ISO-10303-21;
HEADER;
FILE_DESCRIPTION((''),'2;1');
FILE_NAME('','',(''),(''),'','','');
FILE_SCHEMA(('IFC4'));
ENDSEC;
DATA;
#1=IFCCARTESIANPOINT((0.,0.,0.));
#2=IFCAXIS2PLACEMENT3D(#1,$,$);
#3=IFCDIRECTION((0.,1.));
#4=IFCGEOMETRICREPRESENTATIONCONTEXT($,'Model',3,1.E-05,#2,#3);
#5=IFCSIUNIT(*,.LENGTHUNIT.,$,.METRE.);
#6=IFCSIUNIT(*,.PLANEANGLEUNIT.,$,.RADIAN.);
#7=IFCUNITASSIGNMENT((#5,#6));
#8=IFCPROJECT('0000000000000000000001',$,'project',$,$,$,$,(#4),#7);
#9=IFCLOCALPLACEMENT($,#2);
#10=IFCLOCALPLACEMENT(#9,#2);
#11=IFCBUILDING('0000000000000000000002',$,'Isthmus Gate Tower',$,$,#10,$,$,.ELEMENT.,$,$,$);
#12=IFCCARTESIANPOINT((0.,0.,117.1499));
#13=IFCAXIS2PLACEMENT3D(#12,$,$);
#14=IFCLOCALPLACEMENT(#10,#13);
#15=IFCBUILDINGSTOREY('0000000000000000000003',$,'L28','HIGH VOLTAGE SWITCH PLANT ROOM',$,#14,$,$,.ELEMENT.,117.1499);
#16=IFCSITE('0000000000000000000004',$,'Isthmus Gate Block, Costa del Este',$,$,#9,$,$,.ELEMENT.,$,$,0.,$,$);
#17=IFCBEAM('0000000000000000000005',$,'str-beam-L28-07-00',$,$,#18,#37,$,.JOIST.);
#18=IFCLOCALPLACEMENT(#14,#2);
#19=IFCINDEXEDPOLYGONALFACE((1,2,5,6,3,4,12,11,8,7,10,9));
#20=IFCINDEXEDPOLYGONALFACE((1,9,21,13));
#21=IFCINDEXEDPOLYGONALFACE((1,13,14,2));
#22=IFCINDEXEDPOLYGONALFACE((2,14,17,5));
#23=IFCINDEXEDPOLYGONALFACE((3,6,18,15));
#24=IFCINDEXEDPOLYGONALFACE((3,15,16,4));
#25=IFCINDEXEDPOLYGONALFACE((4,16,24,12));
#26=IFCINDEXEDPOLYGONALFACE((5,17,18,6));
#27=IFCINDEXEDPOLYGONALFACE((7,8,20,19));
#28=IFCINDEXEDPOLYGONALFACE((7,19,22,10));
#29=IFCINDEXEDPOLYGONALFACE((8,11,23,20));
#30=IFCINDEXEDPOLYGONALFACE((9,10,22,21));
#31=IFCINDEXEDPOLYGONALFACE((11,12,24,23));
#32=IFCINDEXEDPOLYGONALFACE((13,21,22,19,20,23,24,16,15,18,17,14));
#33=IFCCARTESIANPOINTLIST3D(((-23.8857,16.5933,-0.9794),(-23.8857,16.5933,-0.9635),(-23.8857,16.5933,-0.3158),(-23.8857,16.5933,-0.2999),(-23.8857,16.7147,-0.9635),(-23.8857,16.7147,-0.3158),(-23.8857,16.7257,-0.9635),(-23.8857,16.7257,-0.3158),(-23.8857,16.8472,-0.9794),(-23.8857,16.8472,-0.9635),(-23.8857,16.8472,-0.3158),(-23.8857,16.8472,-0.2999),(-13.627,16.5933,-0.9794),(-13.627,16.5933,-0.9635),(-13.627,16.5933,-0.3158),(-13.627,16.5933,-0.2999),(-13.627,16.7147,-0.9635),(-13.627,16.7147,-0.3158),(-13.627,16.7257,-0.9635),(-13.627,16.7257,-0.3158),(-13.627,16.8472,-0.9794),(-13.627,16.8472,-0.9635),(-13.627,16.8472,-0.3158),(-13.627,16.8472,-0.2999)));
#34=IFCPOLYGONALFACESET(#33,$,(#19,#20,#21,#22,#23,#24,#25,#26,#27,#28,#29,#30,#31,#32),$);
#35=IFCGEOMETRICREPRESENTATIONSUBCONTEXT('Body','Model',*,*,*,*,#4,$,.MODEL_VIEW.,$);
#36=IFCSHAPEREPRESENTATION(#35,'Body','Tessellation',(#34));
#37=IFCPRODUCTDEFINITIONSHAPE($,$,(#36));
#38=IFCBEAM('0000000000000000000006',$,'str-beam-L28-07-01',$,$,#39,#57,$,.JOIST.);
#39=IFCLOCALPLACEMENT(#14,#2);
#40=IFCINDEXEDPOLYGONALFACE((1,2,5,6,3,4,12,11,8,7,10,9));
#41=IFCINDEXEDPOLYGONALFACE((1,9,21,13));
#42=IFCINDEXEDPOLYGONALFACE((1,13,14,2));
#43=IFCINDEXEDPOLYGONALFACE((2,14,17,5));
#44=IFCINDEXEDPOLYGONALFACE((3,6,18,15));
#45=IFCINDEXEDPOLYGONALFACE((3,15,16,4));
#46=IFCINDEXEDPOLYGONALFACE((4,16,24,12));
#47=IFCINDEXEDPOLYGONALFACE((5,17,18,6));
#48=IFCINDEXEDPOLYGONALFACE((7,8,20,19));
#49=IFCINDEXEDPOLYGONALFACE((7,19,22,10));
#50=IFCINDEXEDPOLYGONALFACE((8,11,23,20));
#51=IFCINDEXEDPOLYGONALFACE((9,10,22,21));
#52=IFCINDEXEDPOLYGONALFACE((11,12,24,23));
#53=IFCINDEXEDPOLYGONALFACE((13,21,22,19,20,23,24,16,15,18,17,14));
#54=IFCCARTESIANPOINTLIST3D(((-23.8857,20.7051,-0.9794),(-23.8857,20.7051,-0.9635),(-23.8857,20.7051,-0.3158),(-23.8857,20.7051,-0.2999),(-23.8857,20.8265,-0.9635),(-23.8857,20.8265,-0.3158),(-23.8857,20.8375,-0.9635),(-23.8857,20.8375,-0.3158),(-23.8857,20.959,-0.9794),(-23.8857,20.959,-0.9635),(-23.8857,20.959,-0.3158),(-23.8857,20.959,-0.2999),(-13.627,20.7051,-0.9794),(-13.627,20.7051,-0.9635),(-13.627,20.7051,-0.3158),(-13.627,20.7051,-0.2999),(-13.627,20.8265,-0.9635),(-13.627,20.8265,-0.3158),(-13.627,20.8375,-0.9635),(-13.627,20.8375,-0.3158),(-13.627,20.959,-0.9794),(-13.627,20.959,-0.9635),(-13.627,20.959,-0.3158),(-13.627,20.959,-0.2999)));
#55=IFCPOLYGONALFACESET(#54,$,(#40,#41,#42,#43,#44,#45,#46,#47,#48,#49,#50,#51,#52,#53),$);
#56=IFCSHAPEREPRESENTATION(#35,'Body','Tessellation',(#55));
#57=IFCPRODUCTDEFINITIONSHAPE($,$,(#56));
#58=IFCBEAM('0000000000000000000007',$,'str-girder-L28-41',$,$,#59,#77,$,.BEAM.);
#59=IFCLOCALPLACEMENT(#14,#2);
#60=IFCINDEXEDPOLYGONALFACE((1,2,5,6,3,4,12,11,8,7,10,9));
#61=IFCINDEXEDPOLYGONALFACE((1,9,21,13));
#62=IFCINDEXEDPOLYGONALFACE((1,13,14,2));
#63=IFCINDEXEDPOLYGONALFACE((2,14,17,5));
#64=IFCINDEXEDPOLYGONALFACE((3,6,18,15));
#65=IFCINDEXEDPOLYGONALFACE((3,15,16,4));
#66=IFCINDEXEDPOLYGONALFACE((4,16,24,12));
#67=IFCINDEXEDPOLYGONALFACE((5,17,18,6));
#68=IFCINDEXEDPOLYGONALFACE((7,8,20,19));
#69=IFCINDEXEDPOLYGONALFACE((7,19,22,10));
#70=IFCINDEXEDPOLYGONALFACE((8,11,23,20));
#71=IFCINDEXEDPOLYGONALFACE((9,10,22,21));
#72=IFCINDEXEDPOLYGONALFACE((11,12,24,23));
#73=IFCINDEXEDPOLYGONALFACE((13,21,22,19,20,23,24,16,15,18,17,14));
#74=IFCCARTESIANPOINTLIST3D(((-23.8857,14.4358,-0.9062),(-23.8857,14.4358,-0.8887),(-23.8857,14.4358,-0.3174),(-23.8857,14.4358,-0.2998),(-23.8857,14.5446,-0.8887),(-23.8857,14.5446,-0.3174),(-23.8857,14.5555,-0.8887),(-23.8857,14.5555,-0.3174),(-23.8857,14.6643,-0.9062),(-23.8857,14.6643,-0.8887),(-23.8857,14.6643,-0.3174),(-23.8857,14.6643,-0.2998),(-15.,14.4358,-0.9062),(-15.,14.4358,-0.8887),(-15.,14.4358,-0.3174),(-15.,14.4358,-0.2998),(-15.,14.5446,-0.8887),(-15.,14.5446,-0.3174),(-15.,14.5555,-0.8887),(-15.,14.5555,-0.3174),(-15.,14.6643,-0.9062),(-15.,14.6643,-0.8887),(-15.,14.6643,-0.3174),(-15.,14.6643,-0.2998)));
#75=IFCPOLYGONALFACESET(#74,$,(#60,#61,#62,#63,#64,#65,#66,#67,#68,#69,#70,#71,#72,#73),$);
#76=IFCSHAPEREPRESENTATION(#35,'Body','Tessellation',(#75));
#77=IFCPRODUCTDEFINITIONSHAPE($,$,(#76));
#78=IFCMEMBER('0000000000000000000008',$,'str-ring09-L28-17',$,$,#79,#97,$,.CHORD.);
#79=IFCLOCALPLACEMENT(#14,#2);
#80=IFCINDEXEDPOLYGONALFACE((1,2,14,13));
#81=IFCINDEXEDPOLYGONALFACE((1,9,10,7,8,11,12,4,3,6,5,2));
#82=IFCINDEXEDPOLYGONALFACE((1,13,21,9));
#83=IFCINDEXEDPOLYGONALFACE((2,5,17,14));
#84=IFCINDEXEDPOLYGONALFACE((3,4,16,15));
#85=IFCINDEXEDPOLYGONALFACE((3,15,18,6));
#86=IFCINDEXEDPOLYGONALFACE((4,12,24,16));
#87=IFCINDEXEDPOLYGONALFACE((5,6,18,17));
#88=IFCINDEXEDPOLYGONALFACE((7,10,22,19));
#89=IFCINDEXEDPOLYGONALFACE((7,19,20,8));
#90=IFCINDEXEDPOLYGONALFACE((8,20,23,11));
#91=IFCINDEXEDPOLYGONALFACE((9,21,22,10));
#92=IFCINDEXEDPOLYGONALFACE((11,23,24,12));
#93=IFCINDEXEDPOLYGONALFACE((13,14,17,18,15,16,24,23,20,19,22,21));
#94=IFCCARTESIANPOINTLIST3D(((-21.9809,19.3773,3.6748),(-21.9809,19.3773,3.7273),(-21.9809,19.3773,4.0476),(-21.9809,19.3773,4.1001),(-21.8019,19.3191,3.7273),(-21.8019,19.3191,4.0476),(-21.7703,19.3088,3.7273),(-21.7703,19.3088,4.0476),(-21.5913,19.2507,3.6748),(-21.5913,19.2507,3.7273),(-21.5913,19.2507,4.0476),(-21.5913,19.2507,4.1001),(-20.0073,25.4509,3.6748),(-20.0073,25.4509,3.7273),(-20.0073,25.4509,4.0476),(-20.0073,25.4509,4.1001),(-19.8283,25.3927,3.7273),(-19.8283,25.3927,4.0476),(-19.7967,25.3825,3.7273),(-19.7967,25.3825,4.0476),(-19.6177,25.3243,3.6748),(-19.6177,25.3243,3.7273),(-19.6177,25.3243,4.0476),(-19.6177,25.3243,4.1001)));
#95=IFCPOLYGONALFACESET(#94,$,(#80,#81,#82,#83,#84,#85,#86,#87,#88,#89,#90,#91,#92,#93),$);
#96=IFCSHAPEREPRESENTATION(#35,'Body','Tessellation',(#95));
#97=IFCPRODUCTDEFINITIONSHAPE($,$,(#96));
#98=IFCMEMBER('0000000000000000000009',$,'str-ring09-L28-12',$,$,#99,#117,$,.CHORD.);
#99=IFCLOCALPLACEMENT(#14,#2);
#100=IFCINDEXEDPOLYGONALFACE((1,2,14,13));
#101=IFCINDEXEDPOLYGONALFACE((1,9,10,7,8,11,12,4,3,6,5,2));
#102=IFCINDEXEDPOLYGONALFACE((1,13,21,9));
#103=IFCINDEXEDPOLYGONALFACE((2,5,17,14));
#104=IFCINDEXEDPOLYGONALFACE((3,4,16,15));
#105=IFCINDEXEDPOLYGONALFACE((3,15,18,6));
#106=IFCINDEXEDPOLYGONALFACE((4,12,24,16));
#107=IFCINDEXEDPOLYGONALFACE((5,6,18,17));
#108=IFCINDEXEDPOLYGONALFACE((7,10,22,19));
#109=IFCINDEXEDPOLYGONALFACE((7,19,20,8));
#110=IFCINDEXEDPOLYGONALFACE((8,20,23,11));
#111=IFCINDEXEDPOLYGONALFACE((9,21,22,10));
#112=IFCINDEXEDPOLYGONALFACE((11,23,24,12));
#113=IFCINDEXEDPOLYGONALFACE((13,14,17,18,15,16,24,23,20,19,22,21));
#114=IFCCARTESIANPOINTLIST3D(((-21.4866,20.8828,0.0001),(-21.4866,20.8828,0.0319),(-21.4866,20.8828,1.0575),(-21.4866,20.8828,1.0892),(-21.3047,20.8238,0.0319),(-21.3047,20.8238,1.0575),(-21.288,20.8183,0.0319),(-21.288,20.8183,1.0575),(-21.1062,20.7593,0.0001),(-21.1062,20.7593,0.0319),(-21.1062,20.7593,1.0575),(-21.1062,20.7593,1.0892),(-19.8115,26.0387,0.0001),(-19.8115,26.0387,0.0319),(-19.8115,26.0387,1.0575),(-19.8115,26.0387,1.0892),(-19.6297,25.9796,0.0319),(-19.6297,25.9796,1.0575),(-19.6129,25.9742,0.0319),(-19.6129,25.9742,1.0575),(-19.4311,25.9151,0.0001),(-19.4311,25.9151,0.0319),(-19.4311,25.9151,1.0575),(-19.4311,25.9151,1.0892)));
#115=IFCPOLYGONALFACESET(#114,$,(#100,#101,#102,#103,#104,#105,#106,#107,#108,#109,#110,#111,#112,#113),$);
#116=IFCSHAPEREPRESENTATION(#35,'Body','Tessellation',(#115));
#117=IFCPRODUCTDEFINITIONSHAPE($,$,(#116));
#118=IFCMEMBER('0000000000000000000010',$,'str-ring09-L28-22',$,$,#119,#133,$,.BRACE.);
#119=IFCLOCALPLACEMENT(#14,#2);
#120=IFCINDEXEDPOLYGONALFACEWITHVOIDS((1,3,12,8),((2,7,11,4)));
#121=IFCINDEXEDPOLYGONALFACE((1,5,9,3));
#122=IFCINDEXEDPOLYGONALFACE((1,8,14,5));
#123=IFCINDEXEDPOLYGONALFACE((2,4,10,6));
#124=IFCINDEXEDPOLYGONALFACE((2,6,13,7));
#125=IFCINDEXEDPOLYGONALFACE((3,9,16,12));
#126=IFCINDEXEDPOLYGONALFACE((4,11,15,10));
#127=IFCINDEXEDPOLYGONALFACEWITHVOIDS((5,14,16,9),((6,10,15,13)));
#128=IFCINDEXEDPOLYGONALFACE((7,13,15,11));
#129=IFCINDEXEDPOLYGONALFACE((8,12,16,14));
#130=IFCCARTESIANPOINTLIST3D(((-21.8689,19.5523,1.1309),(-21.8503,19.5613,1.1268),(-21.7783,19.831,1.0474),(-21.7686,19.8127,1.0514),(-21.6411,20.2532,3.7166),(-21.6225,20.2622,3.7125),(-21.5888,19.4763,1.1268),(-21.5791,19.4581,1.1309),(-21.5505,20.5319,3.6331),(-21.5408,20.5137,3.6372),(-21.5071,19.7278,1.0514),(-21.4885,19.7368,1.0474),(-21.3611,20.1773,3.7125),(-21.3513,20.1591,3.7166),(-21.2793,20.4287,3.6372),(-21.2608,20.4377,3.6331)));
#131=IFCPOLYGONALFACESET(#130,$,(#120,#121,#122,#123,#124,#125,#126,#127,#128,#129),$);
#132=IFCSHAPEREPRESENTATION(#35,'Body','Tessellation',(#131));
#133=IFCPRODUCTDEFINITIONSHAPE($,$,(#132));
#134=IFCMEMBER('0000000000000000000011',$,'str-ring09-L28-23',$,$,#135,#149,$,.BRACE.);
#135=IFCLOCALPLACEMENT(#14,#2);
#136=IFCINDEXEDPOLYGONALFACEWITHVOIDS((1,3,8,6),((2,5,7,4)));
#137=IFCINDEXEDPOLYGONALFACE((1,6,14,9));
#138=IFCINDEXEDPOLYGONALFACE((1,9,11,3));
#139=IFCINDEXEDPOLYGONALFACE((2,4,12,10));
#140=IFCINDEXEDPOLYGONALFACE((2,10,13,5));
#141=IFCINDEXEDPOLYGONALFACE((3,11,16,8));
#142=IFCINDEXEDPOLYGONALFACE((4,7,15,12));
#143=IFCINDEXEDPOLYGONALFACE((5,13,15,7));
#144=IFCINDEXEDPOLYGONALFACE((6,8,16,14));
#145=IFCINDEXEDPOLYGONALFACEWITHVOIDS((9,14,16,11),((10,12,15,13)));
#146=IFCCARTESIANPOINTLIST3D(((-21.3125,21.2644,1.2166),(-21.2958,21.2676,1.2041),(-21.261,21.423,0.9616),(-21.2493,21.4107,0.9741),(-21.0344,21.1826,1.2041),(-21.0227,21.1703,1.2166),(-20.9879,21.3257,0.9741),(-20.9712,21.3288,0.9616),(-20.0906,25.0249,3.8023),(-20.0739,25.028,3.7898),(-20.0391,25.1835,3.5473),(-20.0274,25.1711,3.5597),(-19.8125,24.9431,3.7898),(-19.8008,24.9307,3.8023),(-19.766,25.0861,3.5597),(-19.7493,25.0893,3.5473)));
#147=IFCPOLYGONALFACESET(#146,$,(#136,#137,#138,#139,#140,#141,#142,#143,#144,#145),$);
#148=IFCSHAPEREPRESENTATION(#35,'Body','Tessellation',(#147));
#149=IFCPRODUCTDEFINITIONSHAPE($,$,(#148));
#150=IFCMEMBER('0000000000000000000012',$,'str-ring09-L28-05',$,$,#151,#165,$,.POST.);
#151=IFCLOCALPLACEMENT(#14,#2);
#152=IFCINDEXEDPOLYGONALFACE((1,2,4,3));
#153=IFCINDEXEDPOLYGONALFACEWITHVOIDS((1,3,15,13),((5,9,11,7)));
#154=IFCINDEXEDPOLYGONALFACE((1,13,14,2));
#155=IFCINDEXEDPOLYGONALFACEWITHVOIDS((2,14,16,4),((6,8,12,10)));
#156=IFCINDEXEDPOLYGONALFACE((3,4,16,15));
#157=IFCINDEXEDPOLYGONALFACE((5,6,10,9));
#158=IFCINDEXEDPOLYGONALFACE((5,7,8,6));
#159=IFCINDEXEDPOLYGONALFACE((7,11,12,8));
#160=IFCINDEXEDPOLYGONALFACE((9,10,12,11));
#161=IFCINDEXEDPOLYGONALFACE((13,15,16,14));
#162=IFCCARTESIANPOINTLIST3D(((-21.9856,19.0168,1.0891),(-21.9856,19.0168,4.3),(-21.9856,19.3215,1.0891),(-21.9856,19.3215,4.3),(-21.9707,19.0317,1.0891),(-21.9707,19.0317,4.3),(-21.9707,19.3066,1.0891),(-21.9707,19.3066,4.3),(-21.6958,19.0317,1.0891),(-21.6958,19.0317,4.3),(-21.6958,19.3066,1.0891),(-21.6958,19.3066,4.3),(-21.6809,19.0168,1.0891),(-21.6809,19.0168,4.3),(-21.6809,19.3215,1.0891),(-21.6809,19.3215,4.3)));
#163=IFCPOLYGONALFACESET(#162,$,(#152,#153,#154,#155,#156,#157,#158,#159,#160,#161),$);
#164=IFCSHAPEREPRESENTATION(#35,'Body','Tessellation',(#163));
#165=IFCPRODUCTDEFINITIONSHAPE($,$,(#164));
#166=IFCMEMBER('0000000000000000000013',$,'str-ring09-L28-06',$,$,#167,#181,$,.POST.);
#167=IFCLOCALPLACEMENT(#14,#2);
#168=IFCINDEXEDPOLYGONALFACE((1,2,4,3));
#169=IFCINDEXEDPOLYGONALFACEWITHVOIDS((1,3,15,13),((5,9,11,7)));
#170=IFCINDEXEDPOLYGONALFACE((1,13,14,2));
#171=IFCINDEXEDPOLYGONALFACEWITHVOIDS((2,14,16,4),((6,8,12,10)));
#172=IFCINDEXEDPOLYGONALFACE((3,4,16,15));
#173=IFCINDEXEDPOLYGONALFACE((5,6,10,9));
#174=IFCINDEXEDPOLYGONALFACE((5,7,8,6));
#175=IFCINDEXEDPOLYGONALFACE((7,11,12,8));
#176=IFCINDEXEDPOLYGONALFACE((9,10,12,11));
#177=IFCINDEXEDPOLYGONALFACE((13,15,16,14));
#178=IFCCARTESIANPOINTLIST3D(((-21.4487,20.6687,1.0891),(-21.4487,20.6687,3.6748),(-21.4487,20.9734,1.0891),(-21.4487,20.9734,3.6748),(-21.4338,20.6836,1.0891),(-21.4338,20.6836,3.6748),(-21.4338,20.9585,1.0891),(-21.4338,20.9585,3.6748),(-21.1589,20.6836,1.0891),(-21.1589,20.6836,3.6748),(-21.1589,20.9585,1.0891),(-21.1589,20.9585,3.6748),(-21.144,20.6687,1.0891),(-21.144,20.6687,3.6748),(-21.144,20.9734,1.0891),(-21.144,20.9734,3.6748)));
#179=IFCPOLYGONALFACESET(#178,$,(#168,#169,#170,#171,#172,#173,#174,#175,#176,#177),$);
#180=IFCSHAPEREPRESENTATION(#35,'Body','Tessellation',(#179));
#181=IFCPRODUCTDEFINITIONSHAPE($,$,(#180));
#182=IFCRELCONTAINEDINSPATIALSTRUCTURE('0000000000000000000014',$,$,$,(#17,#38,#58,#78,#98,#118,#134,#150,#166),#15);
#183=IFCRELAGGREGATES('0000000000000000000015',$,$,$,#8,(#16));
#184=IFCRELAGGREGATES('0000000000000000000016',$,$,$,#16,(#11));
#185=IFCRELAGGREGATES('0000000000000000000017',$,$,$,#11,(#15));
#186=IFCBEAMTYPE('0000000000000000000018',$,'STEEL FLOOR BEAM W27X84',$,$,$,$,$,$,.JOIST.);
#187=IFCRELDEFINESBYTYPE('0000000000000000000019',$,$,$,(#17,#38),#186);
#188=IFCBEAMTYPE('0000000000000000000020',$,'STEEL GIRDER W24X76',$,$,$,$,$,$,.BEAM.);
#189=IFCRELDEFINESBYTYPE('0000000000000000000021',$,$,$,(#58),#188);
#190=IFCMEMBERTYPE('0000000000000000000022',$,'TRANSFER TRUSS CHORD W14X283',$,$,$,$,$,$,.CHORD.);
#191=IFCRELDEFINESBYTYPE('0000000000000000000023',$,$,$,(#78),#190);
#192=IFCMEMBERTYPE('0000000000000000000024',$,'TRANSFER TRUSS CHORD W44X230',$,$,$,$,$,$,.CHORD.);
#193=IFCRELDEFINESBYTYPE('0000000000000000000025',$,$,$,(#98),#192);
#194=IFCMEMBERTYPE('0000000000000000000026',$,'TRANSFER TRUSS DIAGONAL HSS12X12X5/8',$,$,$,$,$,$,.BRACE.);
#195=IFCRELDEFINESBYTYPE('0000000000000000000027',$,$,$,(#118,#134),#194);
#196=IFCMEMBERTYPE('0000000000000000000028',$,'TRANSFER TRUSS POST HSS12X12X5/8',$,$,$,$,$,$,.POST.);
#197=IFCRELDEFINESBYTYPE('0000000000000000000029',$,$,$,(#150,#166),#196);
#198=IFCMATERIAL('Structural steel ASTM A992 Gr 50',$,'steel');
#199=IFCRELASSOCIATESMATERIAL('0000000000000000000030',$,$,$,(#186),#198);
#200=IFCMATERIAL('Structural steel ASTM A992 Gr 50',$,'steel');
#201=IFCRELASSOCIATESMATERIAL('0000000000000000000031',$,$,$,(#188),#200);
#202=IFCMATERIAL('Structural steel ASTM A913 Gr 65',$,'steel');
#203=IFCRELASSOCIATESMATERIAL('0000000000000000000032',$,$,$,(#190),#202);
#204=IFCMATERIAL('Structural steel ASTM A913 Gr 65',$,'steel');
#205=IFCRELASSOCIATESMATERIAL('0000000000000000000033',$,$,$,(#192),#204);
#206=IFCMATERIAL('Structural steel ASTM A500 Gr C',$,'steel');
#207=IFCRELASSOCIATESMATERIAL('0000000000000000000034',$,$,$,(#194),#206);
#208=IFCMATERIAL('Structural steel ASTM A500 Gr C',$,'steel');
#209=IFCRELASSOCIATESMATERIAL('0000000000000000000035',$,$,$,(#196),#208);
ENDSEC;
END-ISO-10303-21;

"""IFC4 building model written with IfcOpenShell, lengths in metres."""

from ifc_helpers import new_model, si_unit, direction, frame, origin, origin_2d, place, context, subcontext, project, spatial, hollow_rectangle, i_section, extrude, material, material_profile, profile_set, type_object, element, save


model = new_model("IFC4")

# Units and contexts
model_context = context("Model", 3, precision=1e-05, world=origin(), true_north=direction((0.0, 1.0)))
body_context = subcontext(model_context, "Body", "Model", "MODEL_VIEW")
ifc_project = project(units=[si_unit("LENGTHUNIT", "METRE"), si_unit("PLANEANGLEUNIT", "RADIAN")], contexts=[model_context])

# Site, building, storey
site_placement = place(None, origin())
site = spatial("IfcSite", under=ifc_project, at=site_placement, Name="Isthmus Gate Block, Costa del Este", CompositionType="ELEMENT", RefElevation=0.0)
building_placement = place(site_placement, origin())
building = spatial("IfcBuilding", under=site, at=building_placement, Name="Isthmus Gate Tower", CompositionType="ELEMENT")
storey_placement = place(building_placement, frame((0.0, 0.0, 117.1499)))
storey = spatial("IfcBuildingStorey", under=building, at=storey_placement, Name="L28", Description="HIGH VOLTAGE SWITCH PLANT ROOM", CompositionType="ELEMENT", Elevation=117.1499)

# Beams
ifc_material_1 = material(Name="Structural steel ASTM A992 Gr 50", Category="steel")
ifc_material_profile_1 = material_profile(ifc_material_1, i_section(OverallWidth=0.2539, OverallDepth=0.6794, WebThickness=0.011, FlangeThickness=0.0159, at=origin_2d()), Name="W27X84")
ifc_profile_set_1 = profile_set([ifc_material_profile_1], Name="Structural steel ASTM A992 Gr 50")
beam_type_1 = type_object("IfcBeamType", Name="STEEL FLOOR BEAM W27X84", PredefinedType="JOIST", material=ifc_profile_set_1)
for number, where, z_axis, x_axis, name in (
    (1, (-23.8857, 16.7202, -0.6396), (1.0, 0.0, 0.0), (0.0, 1.0, 0.0), "str-beam-L28-07-00"),
    (2, (-23.8857, 20.832, -0.6396), (1.0, 0.0, 0.0), (0.0, 1.0, 0.0), "str-beam-L28-07-01"),
):
    element("IfcBeam", number, at=place(storey_placement, frame(where, z_axis=z_axis, x_axis=x_axis)), inside=storey, type_object=beam_type_1, Name=name, PredefinedType="JOIST", context=body_context, shape_type="SweptSolid", body=[
        extrude(i_section(OverallWidth=0.2539, OverallDepth=0.6794, WebThickness=0.011, FlangeThickness=0.0159, at=origin_2d()), origin(), (0.0, 0.0, 1.0), 10.2588),
    ])
ifc_material_2 = material(Name="Structural steel ASTM A992 Gr 50", Category="steel")
ifc_material_profile_2 = material_profile(ifc_material_2, i_section(OverallWidth=0.2285, OverallDepth=0.6064, WebThickness=0.011, FlangeThickness=0.0176, at=origin_2d()), Name="W24X76")
ifc_profile_set_2 = profile_set([ifc_material_profile_2], Name="Structural steel ASTM A992 Gr 50")
beam_type_2 = type_object("IfcBeamType", Name="STEEL GIRDER W24X76", PredefinedType="BEAM", material=ifc_profile_set_2)
beam_placement = place(storey_placement, frame((-15.0, 14.55, -0.603), z_axis=(-1.0, 0.0, 0.0), x_axis=(0.0, -1.0, 0.0)))
element("IfcBeam", 3, at=beam_placement, inside=storey, type_object=beam_type_2, Name="str-girder-L28-41", PredefinedType="BEAM", context=body_context, shape_type="SweptSolid", body=[
    extrude(i_section(OverallWidth=0.2285, OverallDepth=0.6064, WebThickness=0.011, FlangeThickness=0.0176, at=origin_2d()), origin(), (0.0, 0.0, 1.0), 8.8857),
])

# Members
ifc_material_3 = material(Name="Structural steel ASTM A913 Gr 65", Category="steel")
ifc_material_profile_3 = material_profile(ifc_material_3, i_section(OverallWidth=0.4097, OverallDepth=0.4253, WebThickness=0.0332, FlangeThickness=0.0525, at=origin_2d()), Name="W14X283")
ifc_profile_set_3 = profile_set([ifc_material_profile_3], Name="Structural steel ASTM A913 Gr 65")
member_type_1 = type_object("IfcMemberType", Name="TRANSFER TRUSS CHORD W14X283", PredefinedType="CHORD", material=ifc_profile_set_3)
member_1_placement = place(storey_placement, frame((-21.7861, 19.314, 3.8875), z_axis=(0.309039, 0.951049, 0.0), x_axis=(-0.951049, 0.309039, 0.0)))
element("IfcMember", 4, at=member_1_placement, inside=storey, type_object=member_type_1, Name="str-ring09-L28-17", PredefinedType="CHORD", context=body_context, shape_type="SweptSolid", body=[
    extrude(i_section(OverallWidth=0.4097, OverallDepth=0.4253, WebThickness=0.0332, FlangeThickness=0.0525, at=origin_2d()), origin(), (0.0, 0.0, 1.0), 6.3862),
])
ifc_material_4 = material(Name="Structural steel ASTM A913 Gr 65", Category="steel")
ifc_material_profile_4 = material_profile(ifc_material_4, i_section(OverallWidth=0.3999, OverallDepth=1.0891, WebThickness=0.0176, FlangeThickness=0.0317, at=origin_2d()), Name="W44X230")
ifc_profile_set_4 = profile_set([ifc_material_profile_4], Name="Structural steel ASTM A913 Gr 65")
member_type_2 = type_object("IfcMemberType", Name="TRANSFER TRUSS CHORD W44X230", PredefinedType="CHORD", material=ifc_profile_set_4)
member_2_placement = place(storey_placement, frame((-21.2964, 20.821, 0.5447), z_axis=(0.30899, 0.951065, 0.0), x_axis=(-0.951065, 0.30899, 0.0)))
element("IfcMember", 5, at=member_2_placement, inside=storey, type_object=member_type_2, Name="str-ring09-L28-12", PredefinedType="CHORD", context=body_context, shape_type="SweptSolid", body=[
    extrude(i_section(OverallWidth=0.3999, OverallDepth=1.0891, WebThickness=0.0176, FlangeThickness=0.0317, at=origin_2d()), origin(), (0.0, 0.0, 1.0), 5.4211),
])
ifc_material_5 = material(Name="Structural steel ASTM A500 Gr C", Category="steel")
ifc_material_profile_5 = material_profile(ifc_material_5, hollow_rectangle(XDim=0.3047, YDim=0.3047, WallThickness=0.0149, at=origin_2d()), Name="HSS12X12X5/8")
ifc_profile_set_5 = profile_set([ifc_material_profile_5], Name="Structural steel ASTM A500 Gr C")
member_type_3 = type_object("IfcMemberType", Name="TRANSFER TRUSS DIAGONAL HSS12X12X5/8", PredefinedType="BRACE", material=ifc_profile_set_5)
member_3_placement = place(storey_placement, frame((-21.6787, 19.6445, 1.0891), z_axis=(0.084719, 0.260696, 0.961697), x_axis=(-0.951041, 0.309064, 0.0)))
element("IfcMember", 6, at=member_3_placement, inside=storey, type_object=member_type_3, Name="str-ring09-L28-22", PredefinedType="BRACE", context=body_context, shape_type="SweptSolid", body=[
    extrude(hollow_rectangle(XDim=0.3047, YDim=0.3047, WallThickness=0.0149, at=origin_2d()), origin(), (0.0, 0.0, 1.0), 2.6887),
])
member_4_placement = place(storey_placement, frame((-21.1418, 21.2966, 1.0891), z_axis=(0.258639, 0.795968, 0.547303), x_axis=(-0.951052, 0.309032, 0.0)))
element("IfcMember", 7, at=member_4_placement, inside=storey, type_object=member_type_3, Name="str-ring09-L28-23", PredefinedType="BRACE", context=body_context, shape_type="SweptSolid", body=[
    extrude(hollow_rectangle(XDim=0.3047, YDim=0.3047, WallThickness=0.0149, at=origin_2d()), origin(), (0.0, 0.0, 1.0), 4.7244),
])
ifc_material_6 = material(Name="Structural steel ASTM A500 Gr C", Category="steel")
ifc_material_profile_6 = material_profile(ifc_material_6, hollow_rectangle(XDim=0.3047, YDim=0.3047, WallThickness=0.0149, at=origin_2d()), Name="HSS12X12X5/8")
ifc_profile_set_6 = profile_set([ifc_material_profile_6], Name="Structural steel ASTM A500 Gr C")
member_type_4 = type_object("IfcMemberType", Name="TRANSFER TRUSS POST HSS12X12X5/8", PredefinedType="POST", material=ifc_profile_set_6)
member_5_placement = place(storey_placement, frame((-21.8333, 19.1692, 1.0891), z_axis=(0.0, 0.0, 1.0), x_axis=(1.0, 0.0, 0.0)))
element("IfcMember", 8, at=member_5_placement, inside=storey, type_object=member_type_4, Name="str-ring09-L28-05", PredefinedType="POST", context=body_context, shape_type="SweptSolid", body=[
    extrude(hollow_rectangle(XDim=0.3047, YDim=0.3047, WallThickness=0.0149, at=origin_2d()), origin(), (0.0, 0.0, 1.0), 3.2109),
])
member_6_placement = place(storey_placement, frame((-21.2964, 20.821, 1.0891), z_axis=(0.0, 0.0, 1.0), x_axis=(1.0, 0.0, 0.0)))
element("IfcMember", 9, at=member_6_placement, inside=storey, type_object=member_type_4, Name="str-ring09-L28-06", PredefinedType="POST", context=body_context, shape_type="SweptSolid", body=[
    extrude(hollow_rectangle(XDim=0.3047, YDim=0.3047, WallThickness=0.0149, at=origin_2d()), origin(), (0.0, 0.0, 1.0), 2.5857),
])

save(model, "model.ifc")
